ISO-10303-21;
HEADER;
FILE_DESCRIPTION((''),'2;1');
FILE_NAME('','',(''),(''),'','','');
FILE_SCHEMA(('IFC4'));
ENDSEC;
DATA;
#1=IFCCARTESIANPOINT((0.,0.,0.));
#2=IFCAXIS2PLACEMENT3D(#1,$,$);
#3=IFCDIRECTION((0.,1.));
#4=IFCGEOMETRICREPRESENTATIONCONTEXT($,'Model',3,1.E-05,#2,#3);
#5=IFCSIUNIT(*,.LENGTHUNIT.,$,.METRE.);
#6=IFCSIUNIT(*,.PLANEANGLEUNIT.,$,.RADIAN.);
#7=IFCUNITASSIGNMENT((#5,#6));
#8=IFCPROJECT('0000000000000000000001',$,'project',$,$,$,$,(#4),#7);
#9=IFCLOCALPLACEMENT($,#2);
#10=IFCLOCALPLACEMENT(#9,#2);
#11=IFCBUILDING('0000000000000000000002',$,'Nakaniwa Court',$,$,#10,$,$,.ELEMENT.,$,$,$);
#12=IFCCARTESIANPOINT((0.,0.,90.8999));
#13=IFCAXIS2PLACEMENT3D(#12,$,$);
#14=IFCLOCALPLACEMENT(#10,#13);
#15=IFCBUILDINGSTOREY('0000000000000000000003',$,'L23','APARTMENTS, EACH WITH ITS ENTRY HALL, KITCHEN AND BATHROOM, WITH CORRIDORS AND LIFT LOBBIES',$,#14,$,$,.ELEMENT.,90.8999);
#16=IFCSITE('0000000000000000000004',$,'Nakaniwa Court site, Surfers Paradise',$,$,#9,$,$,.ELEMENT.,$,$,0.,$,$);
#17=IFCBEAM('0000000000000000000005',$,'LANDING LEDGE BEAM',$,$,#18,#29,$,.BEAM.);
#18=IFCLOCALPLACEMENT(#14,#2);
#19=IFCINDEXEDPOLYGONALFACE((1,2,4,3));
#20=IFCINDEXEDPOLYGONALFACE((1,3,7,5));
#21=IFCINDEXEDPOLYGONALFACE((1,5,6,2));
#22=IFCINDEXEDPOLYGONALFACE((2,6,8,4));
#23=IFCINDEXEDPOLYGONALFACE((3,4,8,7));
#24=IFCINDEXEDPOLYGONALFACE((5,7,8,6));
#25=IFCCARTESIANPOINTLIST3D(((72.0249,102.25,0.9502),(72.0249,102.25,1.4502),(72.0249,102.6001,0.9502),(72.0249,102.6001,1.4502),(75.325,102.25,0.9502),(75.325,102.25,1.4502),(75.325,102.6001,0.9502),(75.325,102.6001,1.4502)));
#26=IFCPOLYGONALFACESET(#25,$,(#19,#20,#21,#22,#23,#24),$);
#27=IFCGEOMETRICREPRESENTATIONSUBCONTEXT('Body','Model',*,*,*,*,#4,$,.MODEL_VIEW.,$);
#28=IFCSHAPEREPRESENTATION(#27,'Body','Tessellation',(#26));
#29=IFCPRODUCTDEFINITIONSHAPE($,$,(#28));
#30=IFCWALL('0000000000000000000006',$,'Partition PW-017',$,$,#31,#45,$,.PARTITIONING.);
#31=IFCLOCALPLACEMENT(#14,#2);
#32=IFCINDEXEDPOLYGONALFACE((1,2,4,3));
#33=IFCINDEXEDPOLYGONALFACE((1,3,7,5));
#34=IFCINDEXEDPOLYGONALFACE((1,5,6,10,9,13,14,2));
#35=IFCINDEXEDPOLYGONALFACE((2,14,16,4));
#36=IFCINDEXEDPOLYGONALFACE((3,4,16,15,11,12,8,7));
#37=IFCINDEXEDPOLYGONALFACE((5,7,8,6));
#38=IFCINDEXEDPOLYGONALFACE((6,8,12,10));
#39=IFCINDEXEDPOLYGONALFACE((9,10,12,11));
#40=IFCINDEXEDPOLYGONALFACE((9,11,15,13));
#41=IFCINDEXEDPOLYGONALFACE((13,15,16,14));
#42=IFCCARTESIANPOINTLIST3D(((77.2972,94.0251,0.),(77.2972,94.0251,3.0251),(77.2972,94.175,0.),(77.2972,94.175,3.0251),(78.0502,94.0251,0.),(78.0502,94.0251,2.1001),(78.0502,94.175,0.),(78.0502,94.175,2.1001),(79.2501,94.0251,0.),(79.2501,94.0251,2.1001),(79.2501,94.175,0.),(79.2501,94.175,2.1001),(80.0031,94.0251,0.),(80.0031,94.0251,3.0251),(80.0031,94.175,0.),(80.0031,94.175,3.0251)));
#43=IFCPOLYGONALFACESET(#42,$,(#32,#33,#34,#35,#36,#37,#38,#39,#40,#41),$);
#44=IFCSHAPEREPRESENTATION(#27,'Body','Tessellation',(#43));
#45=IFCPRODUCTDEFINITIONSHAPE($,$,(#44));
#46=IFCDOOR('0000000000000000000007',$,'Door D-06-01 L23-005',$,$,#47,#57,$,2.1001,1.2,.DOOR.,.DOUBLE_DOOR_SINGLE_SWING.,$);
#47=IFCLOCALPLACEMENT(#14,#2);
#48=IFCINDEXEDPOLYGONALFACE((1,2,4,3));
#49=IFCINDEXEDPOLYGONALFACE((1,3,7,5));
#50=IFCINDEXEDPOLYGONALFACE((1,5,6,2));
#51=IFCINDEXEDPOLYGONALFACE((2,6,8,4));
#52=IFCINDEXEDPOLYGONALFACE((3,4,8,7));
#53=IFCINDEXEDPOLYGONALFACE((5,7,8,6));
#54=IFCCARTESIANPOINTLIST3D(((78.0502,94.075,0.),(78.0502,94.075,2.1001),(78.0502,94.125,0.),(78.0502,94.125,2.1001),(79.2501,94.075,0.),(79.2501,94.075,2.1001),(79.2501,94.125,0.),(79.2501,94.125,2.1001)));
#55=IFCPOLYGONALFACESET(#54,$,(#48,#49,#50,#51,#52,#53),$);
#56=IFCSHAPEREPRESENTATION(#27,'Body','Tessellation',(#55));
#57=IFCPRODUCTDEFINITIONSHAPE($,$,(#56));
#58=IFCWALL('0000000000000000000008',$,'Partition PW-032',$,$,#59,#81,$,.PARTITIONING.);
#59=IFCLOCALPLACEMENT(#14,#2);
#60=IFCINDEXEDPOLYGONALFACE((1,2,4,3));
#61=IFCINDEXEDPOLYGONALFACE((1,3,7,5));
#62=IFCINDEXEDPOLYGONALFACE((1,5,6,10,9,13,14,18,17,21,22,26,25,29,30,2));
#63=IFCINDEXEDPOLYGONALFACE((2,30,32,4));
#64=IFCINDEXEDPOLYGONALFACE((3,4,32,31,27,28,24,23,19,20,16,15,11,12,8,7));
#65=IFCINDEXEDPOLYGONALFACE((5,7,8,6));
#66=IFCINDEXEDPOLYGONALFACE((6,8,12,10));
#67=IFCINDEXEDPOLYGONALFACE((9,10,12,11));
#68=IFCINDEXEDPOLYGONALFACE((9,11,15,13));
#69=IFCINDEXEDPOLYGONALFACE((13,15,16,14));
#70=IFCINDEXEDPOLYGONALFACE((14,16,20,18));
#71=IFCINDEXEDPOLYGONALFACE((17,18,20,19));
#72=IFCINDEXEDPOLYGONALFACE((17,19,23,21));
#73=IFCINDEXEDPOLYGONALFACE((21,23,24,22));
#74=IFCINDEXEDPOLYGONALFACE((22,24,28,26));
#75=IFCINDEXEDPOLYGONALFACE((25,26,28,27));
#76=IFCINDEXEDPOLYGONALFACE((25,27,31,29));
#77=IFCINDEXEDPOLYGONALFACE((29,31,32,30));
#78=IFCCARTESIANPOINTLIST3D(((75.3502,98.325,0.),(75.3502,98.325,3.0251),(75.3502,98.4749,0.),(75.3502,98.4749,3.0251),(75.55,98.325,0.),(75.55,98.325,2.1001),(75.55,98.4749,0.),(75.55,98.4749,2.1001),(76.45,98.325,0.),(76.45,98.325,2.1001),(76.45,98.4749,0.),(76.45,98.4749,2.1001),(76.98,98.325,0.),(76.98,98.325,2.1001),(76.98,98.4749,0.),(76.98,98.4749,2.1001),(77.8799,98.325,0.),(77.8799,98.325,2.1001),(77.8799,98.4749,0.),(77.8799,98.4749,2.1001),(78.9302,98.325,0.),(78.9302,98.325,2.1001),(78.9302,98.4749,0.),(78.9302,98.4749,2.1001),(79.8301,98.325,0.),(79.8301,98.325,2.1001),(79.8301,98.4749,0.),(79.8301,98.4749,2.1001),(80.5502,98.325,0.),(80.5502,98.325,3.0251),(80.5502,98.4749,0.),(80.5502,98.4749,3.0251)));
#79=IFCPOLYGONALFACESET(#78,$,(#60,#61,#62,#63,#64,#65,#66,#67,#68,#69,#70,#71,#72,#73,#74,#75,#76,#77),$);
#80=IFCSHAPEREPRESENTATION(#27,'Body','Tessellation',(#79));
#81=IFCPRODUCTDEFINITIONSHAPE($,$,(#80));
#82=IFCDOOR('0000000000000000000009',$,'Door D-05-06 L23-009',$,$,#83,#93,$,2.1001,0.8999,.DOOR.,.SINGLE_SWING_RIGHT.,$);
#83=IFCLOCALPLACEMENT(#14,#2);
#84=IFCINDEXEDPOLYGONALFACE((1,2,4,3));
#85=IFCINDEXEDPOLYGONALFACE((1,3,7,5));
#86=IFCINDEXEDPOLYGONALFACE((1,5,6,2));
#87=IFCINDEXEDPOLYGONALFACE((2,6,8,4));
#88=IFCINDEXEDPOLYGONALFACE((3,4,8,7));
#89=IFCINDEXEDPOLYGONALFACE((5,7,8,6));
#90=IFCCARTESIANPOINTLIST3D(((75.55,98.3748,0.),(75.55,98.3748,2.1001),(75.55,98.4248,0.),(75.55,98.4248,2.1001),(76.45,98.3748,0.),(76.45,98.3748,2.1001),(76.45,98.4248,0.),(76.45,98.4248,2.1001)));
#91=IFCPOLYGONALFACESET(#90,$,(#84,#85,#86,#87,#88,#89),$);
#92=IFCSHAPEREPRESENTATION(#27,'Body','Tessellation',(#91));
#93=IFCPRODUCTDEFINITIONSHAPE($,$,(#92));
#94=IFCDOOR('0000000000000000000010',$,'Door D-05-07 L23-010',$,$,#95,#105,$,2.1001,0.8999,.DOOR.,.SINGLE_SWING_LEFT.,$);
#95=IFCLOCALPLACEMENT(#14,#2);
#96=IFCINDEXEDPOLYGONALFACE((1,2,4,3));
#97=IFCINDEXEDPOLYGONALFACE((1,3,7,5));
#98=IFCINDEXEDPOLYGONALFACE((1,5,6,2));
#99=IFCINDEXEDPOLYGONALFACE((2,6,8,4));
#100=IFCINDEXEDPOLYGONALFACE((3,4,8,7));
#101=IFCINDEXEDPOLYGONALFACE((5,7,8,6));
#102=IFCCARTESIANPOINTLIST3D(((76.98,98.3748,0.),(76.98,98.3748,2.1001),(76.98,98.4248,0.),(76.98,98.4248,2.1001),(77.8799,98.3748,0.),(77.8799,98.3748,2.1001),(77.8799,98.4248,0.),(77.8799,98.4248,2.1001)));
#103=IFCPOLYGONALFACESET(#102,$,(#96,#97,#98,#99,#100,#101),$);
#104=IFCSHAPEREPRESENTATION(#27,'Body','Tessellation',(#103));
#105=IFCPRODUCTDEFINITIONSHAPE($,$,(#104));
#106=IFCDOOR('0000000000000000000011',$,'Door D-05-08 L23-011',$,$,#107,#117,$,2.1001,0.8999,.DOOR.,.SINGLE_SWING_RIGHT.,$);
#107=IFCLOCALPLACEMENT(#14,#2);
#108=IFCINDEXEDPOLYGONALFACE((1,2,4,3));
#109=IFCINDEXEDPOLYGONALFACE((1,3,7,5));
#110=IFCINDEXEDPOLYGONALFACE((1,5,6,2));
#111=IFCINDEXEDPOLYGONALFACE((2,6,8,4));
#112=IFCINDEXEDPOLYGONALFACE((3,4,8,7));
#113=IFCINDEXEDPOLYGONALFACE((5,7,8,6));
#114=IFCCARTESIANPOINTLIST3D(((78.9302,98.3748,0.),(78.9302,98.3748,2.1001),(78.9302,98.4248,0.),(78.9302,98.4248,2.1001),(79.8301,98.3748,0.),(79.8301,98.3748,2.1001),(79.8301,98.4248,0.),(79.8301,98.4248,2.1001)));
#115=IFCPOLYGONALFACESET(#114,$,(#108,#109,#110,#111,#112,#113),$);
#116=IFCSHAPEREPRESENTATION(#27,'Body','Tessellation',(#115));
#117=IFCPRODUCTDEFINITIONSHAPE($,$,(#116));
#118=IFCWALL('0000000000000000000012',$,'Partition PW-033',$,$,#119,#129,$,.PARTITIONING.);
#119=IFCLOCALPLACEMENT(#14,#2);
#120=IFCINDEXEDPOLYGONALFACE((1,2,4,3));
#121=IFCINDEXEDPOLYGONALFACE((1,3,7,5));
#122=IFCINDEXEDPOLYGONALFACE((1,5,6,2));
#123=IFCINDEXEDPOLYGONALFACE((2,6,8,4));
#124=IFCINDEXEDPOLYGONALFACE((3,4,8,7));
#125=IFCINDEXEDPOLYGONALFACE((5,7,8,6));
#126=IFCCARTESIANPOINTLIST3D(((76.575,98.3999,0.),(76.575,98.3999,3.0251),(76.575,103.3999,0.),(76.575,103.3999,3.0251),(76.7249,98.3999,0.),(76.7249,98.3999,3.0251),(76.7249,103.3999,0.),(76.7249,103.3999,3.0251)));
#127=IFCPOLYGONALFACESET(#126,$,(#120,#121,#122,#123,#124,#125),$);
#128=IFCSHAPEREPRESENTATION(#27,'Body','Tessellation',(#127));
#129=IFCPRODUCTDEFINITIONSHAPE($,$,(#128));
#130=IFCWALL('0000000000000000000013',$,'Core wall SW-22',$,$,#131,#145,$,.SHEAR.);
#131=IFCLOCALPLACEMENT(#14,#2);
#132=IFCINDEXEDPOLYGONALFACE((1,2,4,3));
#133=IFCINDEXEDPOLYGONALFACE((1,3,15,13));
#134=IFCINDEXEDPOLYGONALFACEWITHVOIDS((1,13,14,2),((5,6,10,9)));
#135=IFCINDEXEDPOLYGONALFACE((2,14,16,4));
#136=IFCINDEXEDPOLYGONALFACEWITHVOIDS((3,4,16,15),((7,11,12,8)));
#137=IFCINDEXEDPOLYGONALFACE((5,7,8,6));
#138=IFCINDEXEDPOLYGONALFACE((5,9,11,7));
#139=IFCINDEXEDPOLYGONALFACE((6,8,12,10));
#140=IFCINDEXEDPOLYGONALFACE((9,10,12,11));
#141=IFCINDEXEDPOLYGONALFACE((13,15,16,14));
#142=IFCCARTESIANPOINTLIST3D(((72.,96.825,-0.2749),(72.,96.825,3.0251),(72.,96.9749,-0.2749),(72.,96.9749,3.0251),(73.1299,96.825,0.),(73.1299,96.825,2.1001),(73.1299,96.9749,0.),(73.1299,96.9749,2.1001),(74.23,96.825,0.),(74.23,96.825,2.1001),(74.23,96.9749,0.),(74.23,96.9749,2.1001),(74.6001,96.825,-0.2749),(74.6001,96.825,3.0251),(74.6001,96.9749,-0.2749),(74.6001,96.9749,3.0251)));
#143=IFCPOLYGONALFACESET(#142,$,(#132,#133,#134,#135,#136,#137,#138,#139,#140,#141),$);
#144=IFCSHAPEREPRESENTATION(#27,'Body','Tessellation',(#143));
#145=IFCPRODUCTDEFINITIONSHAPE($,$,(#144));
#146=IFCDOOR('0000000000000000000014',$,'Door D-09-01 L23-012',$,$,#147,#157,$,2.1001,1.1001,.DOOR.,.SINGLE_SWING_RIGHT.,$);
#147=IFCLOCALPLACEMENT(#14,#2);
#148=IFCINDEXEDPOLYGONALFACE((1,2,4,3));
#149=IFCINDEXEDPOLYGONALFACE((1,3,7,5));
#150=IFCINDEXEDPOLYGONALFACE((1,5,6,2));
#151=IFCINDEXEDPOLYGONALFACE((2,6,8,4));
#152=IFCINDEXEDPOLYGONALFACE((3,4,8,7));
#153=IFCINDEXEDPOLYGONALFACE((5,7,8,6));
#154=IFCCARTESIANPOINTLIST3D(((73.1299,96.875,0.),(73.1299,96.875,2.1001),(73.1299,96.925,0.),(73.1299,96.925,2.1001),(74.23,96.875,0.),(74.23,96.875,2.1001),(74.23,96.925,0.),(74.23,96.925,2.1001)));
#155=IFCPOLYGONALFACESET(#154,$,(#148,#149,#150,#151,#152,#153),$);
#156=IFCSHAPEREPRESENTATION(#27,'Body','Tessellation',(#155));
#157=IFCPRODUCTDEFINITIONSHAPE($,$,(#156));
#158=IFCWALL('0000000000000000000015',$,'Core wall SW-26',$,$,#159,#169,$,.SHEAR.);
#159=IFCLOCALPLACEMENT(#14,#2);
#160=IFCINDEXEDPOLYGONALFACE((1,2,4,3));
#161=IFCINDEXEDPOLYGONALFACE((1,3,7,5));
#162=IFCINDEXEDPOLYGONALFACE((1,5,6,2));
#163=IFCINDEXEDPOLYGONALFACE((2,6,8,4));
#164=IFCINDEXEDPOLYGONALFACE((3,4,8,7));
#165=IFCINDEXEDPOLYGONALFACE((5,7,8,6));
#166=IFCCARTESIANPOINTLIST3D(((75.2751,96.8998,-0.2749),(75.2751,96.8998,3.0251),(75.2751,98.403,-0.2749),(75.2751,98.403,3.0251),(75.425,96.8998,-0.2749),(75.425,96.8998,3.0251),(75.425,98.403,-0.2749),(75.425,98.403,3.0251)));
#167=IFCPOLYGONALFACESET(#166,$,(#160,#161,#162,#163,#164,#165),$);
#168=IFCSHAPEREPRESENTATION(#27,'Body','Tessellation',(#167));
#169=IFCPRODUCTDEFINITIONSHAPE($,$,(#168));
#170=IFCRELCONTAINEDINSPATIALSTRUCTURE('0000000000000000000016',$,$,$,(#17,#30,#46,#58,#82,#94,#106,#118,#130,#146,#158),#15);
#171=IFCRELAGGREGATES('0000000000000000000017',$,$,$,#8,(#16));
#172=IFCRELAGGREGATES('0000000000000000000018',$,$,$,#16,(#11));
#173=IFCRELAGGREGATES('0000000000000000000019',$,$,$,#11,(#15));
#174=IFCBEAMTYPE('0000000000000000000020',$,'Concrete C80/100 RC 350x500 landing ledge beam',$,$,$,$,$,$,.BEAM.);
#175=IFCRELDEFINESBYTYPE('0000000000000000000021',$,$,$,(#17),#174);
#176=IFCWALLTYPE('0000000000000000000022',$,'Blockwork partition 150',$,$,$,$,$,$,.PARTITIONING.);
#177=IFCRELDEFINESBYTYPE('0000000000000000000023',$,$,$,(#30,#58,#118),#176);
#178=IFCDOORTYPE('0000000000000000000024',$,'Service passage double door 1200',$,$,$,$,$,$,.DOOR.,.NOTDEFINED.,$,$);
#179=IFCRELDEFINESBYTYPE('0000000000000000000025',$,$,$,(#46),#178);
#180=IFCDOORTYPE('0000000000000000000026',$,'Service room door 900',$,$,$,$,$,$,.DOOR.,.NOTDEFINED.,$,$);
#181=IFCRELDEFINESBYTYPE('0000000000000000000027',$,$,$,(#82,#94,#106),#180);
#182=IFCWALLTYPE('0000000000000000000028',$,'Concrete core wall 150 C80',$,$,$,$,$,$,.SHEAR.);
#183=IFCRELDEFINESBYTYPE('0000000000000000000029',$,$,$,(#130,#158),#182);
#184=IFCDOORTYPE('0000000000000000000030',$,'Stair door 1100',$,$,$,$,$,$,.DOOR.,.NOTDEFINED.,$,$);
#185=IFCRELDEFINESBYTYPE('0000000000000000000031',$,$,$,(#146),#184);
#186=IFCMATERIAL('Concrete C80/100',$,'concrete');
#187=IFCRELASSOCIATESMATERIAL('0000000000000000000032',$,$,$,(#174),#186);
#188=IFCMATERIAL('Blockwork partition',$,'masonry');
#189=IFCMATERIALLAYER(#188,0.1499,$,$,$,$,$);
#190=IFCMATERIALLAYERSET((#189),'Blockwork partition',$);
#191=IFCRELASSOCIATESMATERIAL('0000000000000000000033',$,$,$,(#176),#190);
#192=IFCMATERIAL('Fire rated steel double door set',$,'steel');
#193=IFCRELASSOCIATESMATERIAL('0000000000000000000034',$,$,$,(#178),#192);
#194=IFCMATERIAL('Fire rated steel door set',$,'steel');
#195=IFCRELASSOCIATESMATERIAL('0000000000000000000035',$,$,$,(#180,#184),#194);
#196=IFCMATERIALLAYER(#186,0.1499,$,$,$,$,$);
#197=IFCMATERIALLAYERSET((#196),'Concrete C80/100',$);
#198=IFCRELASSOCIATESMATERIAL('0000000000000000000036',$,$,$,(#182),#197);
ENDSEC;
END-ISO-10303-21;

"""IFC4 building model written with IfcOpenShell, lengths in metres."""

from ifc_helpers import new_model, si_unit, direction, frame, frame_2d, origin, origin_2d, place, context, subcontext, project, spatial, rectangle, extrude, material, layer, layer_set, material_profile, profile_set, type_object, element, fill, save


model = new_model("IFC4")

# Units and contexts
model_context = context("Model", 3, precision=1e-05, world=origin(), true_north=direction((0.0, 1.0)))
body_context = subcontext(model_context, "Body", "Model", "MODEL_VIEW")
ifc_project = project(units=[si_unit("LENGTHUNIT", "METRE"), si_unit("PLANEANGLEUNIT", "RADIAN")], contexts=[model_context])

# Site, building, storey
site_placement = place(None, origin())
site = spatial("IfcSite", under=ifc_project, at=site_placement, Name="Nakaniwa Court site, Surfers Paradise", CompositionType="ELEMENT", RefElevation=0.0)
building_placement = place(site_placement, origin())
building = spatial("IfcBuilding", under=site, at=building_placement, Name="Nakaniwa Court", CompositionType="ELEMENT")
storey_placement = place(building_placement, frame((0.0, 0.0, 90.8999)))
storey = spatial("IfcBuildingStorey", under=building, at=storey_placement, Name="L23", Description="APARTMENTS, EACH WITH ITS ENTRY HALL, KITCHEN AND BATHROOM, WITH CORRIDORS AND LIFT LOBBIES", CompositionType="ELEMENT", Elevation=90.8999)

# Beam
ifc_material_1 = material(Name="Concrete C80/100", Category="concrete")
ifc_material_profile = material_profile(ifc_material_1, rectangle(XDim=0.3501, YDim=0.5, at=origin_2d()), Name="Concrete C80/100 RC 350x500 landing ledge beam")
ifc_profile_set = profile_set([ifc_material_profile], Name="Concrete C80/100")
beam_type = type_object("IfcBeamType", Name="Concrete C80/100 RC 350x500 landing ledge beam", PredefinedType="BEAM", material=ifc_profile_set)
beam_placement = place(storey_placement, frame((72.0249, 102.425, 1.2002), z_axis=(1.0, 0.0, 0.0), x_axis=(0.0, 1.0, 0.0)))
element("IfcBeam", 1, at=beam_placement, inside=storey, type_object=beam_type, Name="LANDING LEDGE BEAM", PredefinedType="BEAM", context=body_context, shape_type="SweptSolid", body=[
    extrude(rectangle(XDim=0.3501, YDim=0.5, at=origin_2d()), origin(), (0.0, 0.0, 1.0), 3.3),
])

# Wall, opening, door
ifc_material_2 = material(Name="Blockwork partition", Category="masonry")
ifc_layer_1 = layer(ifc_material_2, 0.1499)
ifc_layer_set_1 = layer_set([ifc_layer_1], Name="Blockwork partition")
wall_type_1 = type_object("IfcWallType", Name="Blockwork partition 150", PredefinedType="PARTITIONING", material=ifc_layer_set_1)
wall_1_placement = place(storey_placement, frame((77.2971, 94.1001, 0.0), z_axis=(0.0, 0.0, 1.0), x_axis=(1.0, 0.0, 0.0)))
wall_1 = element("IfcWall", 2, at=wall_1_placement, inside=storey, type_object=wall_type_1, Name="Partition PW-017", PredefinedType="PARTITIONING", context=body_context, shape_type="SweptSolid", body=[
    extrude(rectangle(XDim=2.7058, YDim=0.1499, at=frame_2d((1.353, 0.0))), origin(), (0.0, 0.0, 1.0), 3.0251),
])
opening_1_placement = place(wall_1_placement, frame((0.7529, 0.0, 0.0)))
opening_1 = element("IfcOpeningElement", 3, at=opening_1_placement, cuts=wall_1, PredefinedType="OPENING", context=body_context, shape_type="SweptSolid", body=[
    extrude(rectangle(XDim=1.2, YDim=2.1001, at=frame_2d((0.6001, 1.05))), frame((0.0, 0.085, 0.0), z_axis=(0.0, -1.0, 0.0), x_axis=(1.0, 0.0, 0.0)), (0.0, 0.0, 1.0), 0.1699),
])
ifc_material_3 = material(Name="Fire rated steel double door set", Category="steel")
door_type_1 = type_object("IfcDoorType", Name="Service passage double door 1200", OperationType="NOTDEFINED", PredefinedType="DOOR", material=ifc_material_3)
door_1_placement = place(opening_1_placement, origin())
door_1 = element("IfcDoor", 4, at=door_1_placement, inside=storey, type_object=door_type_1, Name="Door D-06-01 L23-005", OperationType="DOUBLE_DOOR_SINGLE_SWING", OverallHeight=2.1001, OverallWidth=1.2, PredefinedType="DOOR", context=body_context, shape_type="SweptSolid", body=[
    extrude(rectangle(XDim=1.2, YDim=2.1001, at=frame_2d((0.6001, 1.05))), frame((0.0, 0.0249, 0.0), z_axis=(0.0, -1.0, 0.0), x_axis=(1.0, 0.0, 0.0)), (0.0, 0.0, 1.0), 0.05),
])
fill(opening_1, door_1)

# Wall, openings, doors
wall_2_placement = place(storey_placement, frame((75.3501, 98.3999, 0.0), z_axis=(0.0, 0.0, 1.0), x_axis=(1.0, 0.0, 0.0)))
wall_2 = element("IfcWall", 5, at=wall_2_placement, inside=storey, type_object=wall_type_1, Name="Partition PW-032", PredefinedType="PARTITIONING", context=body_context, shape_type="SweptSolid", body=[
    extrude(rectangle(XDim=5.2, YDim=0.1499, at=frame_2d((2.6001, 0.0))), origin(), (0.0, 0.0, 1.0), 3.0251),
])
opening_2_placement = place(wall_2_placement, frame((0.2, 0.0, 0.0)))
opening_2 = element("IfcOpeningElement", 6, at=opening_2_placement, cuts=wall_2, PredefinedType="OPENING", context=body_context, shape_type="SweptSolid", body=[
    extrude(rectangle(XDim=0.8999, YDim=2.1001, at=frame_2d((0.45, 1.05))), frame((0.0, 0.085, 0.0), z_axis=(0.0, -1.0, 0.0), x_axis=(1.0, 0.0, 0.0)), (0.0, 0.0, 1.0), 0.1699),
])
opening_3_placement = place(wall_2_placement, frame((1.6299, 0.0, 0.0)))
opening_3 = element("IfcOpeningElement", 7, at=opening_3_placement, cuts=wall_2, PredefinedType="OPENING", context=body_context, shape_type="SweptSolid", body=[
    extrude(rectangle(XDim=0.8999, YDim=2.1001, at=frame_2d((0.45, 1.05))), frame((0.0, 0.085, 0.0), z_axis=(0.0, -1.0, 0.0), x_axis=(1.0, 0.0, 0.0)), (0.0, 0.0, 1.0), 0.1699),
])
opening_4_placement = place(wall_2_placement, frame((3.5801, 0.0, 0.0)))
opening_4 = element("IfcOpeningElement", 8, at=opening_4_placement, cuts=wall_2, PredefinedType="OPENING", context=body_context, shape_type="SweptSolid", body=[
    extrude(rectangle(XDim=0.8999, YDim=2.1001, at=frame_2d((0.45, 1.05))), frame((0.0, 0.085, 0.0), z_axis=(0.0, -1.0, 0.0), x_axis=(1.0, 0.0, 0.0)), (0.0, 0.0, 1.0), 0.1699),
])
ifc_material_4 = material(Name="Fire rated steel door set", Category="steel")
door_type_2 = type_object("IfcDoorType", Name="Service room door 900", OperationType="NOTDEFINED", PredefinedType="DOOR", material=ifc_material_4)
door_2_placement = place(opening_2_placement, origin())
door_2 = element("IfcDoor", 9, at=door_2_placement, inside=storey, type_object=door_type_2, Name="Door D-05-06 L23-009", OperationType="SINGLE_SWING_RIGHT", OverallHeight=2.1001, OverallWidth=0.8999, PredefinedType="DOOR", context=body_context, shape_type="SweptSolid", body=[
    extrude(rectangle(XDim=0.8999, YDim=2.1001, at=frame_2d((0.45, 1.05))), frame((0.0, 0.0249, 0.0), z_axis=(0.0, -1.0, 0.0), x_axis=(1.0, 0.0, 0.0)), (0.0, 0.0, 1.0), 0.05),
])
fill(opening_2, door_2)
door_3_placement = place(opening_3_placement, origin())
door_3 = element("IfcDoor", 10, at=door_3_placement, inside=storey, type_object=door_type_2, Name="Door D-05-07 L23-010", OperationType="SINGLE_SWING_LEFT", OverallHeight=2.1001, OverallWidth=0.8999, PredefinedType="DOOR", context=body_context, shape_type="SweptSolid", body=[
    extrude(rectangle(XDim=0.8999, YDim=2.1001, at=frame_2d((0.45, 1.05))), frame((0.0, 0.0249, 0.0), z_axis=(0.0, -1.0, 0.0), x_axis=(1.0, 0.0, 0.0)), (0.0, 0.0, 1.0), 0.05),
])
fill(opening_3, door_3)
door_4_placement = place(opening_4_placement, origin())
door_4 = element("IfcDoor", 11, at=door_4_placement, inside=storey, type_object=door_type_2, Name="Door D-05-08 L23-011", OperationType="SINGLE_SWING_RIGHT", OverallHeight=2.1001, OverallWidth=0.8999, PredefinedType="DOOR", context=body_context, shape_type="SweptSolid", body=[
    extrude(rectangle(XDim=0.8999, YDim=2.1001, at=frame_2d((0.45, 1.05))), frame((0.0, 0.0249, 0.0), z_axis=(0.0, -1.0, 0.0), x_axis=(1.0, 0.0, 0.0)), (0.0, 0.0, 1.0), 0.05),
])
fill(opening_4, door_4)

# Wall
wall_3_placement = place(storey_placement, frame((76.6499, 98.3999, 0.0), z_axis=(0.0, 0.0, 1.0), x_axis=(0.0, 1.0, 0.0)))
element("IfcWall", 12, at=wall_3_placement, inside=storey, type_object=wall_type_1, Name="Partition PW-033", PredefinedType="PARTITIONING", context=body_context, shape_type="SweptSolid", body=[
    extrude(rectangle(XDim=5.0, YDim=0.1499, at=frame_2d((2.5, 0.0))), origin(), (0.0, 0.0, 1.0), 3.0251),
])

# Wall, opening, door
ifc_layer_2 = layer(ifc_material_1, 0.1499)
ifc_layer_set_2 = layer_set([ifc_layer_2], Name="Concrete C80/100")
wall_type_2 = type_object("IfcWallType", Name="Concrete core wall 150 C80", PredefinedType="SHEAR", material=ifc_layer_set_2)
wall_4_placement = place(storey_placement, frame((74.6001, 96.8999, -0.2749), z_axis=(0.0, 0.0, 1.0), x_axis=(-1.0, 0.0, 0.0)))
wall_4 = element("IfcWall", 13, at=wall_4_placement, inside=storey, type_object=wall_type_2, Name="Core wall SW-22", PredefinedType="SHEAR", context=body_context, shape_type="SweptSolid", body=[
    extrude(rectangle(XDim=2.6001, YDim=0.1499, at=frame_2d((1.3, 0.0))), origin(), (0.0, 0.0, 1.0), 3.3),
])
opening_5_placement = place(wall_4_placement, frame((0.3701, 0.0, 0.2749)))
opening_5 = element("IfcOpeningElement", 14, at=opening_5_placement, cuts=wall_4, PredefinedType="OPENING", context=body_context, shape_type="SweptSolid", body=[
    extrude(rectangle(XDim=1.1001, YDim=2.1001, at=frame_2d((0.55, 1.05))), frame((0.0, 0.085, 0.0), z_axis=(0.0, -1.0, 0.0), x_axis=(1.0, 0.0, 0.0)), (0.0, 0.0, 1.0), 0.1699),
])
door_type_3 = type_object("IfcDoorType", Name="Stair door 1100", OperationType="NOTDEFINED", PredefinedType="DOOR", material=ifc_material_4)
door_5_placement = place(opening_5_placement, origin())
door_5 = element("IfcDoor", 15, at=door_5_placement, inside=storey, type_object=door_type_3, Name="Door D-09-01 L23-012", OperationType="SINGLE_SWING_RIGHT", OverallHeight=2.1001, OverallWidth=1.1001, PredefinedType="DOOR", context=body_context, shape_type="SweptSolid", body=[
    extrude(rectangle(XDim=1.1001, YDim=2.1001, at=frame_2d((0.55, 1.05))), frame((0.0, 0.0249, 0.0), z_axis=(0.0, -1.0, 0.0), x_axis=(1.0, 0.0, 0.0)), (0.0, 0.0, 1.0), 0.05),
])
fill(opening_5, door_5)

# Wall
wall_5_placement = place(storey_placement, frame((75.3501, 96.8999, -0.2749), z_axis=(0.0, 0.0, 1.0), x_axis=(0.0, 1.0, 0.0)))
element("IfcWall", 16, at=wall_5_placement, inside=storey, type_object=wall_type_2, Name="Core wall SW-26", PredefinedType="SHEAR", context=body_context, shape_type="SweptSolid", body=[
    extrude(rectangle(XDim=1.5032, YDim=0.1499, at=frame_2d((0.7515, 0.0))), origin(), (0.0, 0.0, 1.0), 3.3),
])

save(model, "model.ifc")
